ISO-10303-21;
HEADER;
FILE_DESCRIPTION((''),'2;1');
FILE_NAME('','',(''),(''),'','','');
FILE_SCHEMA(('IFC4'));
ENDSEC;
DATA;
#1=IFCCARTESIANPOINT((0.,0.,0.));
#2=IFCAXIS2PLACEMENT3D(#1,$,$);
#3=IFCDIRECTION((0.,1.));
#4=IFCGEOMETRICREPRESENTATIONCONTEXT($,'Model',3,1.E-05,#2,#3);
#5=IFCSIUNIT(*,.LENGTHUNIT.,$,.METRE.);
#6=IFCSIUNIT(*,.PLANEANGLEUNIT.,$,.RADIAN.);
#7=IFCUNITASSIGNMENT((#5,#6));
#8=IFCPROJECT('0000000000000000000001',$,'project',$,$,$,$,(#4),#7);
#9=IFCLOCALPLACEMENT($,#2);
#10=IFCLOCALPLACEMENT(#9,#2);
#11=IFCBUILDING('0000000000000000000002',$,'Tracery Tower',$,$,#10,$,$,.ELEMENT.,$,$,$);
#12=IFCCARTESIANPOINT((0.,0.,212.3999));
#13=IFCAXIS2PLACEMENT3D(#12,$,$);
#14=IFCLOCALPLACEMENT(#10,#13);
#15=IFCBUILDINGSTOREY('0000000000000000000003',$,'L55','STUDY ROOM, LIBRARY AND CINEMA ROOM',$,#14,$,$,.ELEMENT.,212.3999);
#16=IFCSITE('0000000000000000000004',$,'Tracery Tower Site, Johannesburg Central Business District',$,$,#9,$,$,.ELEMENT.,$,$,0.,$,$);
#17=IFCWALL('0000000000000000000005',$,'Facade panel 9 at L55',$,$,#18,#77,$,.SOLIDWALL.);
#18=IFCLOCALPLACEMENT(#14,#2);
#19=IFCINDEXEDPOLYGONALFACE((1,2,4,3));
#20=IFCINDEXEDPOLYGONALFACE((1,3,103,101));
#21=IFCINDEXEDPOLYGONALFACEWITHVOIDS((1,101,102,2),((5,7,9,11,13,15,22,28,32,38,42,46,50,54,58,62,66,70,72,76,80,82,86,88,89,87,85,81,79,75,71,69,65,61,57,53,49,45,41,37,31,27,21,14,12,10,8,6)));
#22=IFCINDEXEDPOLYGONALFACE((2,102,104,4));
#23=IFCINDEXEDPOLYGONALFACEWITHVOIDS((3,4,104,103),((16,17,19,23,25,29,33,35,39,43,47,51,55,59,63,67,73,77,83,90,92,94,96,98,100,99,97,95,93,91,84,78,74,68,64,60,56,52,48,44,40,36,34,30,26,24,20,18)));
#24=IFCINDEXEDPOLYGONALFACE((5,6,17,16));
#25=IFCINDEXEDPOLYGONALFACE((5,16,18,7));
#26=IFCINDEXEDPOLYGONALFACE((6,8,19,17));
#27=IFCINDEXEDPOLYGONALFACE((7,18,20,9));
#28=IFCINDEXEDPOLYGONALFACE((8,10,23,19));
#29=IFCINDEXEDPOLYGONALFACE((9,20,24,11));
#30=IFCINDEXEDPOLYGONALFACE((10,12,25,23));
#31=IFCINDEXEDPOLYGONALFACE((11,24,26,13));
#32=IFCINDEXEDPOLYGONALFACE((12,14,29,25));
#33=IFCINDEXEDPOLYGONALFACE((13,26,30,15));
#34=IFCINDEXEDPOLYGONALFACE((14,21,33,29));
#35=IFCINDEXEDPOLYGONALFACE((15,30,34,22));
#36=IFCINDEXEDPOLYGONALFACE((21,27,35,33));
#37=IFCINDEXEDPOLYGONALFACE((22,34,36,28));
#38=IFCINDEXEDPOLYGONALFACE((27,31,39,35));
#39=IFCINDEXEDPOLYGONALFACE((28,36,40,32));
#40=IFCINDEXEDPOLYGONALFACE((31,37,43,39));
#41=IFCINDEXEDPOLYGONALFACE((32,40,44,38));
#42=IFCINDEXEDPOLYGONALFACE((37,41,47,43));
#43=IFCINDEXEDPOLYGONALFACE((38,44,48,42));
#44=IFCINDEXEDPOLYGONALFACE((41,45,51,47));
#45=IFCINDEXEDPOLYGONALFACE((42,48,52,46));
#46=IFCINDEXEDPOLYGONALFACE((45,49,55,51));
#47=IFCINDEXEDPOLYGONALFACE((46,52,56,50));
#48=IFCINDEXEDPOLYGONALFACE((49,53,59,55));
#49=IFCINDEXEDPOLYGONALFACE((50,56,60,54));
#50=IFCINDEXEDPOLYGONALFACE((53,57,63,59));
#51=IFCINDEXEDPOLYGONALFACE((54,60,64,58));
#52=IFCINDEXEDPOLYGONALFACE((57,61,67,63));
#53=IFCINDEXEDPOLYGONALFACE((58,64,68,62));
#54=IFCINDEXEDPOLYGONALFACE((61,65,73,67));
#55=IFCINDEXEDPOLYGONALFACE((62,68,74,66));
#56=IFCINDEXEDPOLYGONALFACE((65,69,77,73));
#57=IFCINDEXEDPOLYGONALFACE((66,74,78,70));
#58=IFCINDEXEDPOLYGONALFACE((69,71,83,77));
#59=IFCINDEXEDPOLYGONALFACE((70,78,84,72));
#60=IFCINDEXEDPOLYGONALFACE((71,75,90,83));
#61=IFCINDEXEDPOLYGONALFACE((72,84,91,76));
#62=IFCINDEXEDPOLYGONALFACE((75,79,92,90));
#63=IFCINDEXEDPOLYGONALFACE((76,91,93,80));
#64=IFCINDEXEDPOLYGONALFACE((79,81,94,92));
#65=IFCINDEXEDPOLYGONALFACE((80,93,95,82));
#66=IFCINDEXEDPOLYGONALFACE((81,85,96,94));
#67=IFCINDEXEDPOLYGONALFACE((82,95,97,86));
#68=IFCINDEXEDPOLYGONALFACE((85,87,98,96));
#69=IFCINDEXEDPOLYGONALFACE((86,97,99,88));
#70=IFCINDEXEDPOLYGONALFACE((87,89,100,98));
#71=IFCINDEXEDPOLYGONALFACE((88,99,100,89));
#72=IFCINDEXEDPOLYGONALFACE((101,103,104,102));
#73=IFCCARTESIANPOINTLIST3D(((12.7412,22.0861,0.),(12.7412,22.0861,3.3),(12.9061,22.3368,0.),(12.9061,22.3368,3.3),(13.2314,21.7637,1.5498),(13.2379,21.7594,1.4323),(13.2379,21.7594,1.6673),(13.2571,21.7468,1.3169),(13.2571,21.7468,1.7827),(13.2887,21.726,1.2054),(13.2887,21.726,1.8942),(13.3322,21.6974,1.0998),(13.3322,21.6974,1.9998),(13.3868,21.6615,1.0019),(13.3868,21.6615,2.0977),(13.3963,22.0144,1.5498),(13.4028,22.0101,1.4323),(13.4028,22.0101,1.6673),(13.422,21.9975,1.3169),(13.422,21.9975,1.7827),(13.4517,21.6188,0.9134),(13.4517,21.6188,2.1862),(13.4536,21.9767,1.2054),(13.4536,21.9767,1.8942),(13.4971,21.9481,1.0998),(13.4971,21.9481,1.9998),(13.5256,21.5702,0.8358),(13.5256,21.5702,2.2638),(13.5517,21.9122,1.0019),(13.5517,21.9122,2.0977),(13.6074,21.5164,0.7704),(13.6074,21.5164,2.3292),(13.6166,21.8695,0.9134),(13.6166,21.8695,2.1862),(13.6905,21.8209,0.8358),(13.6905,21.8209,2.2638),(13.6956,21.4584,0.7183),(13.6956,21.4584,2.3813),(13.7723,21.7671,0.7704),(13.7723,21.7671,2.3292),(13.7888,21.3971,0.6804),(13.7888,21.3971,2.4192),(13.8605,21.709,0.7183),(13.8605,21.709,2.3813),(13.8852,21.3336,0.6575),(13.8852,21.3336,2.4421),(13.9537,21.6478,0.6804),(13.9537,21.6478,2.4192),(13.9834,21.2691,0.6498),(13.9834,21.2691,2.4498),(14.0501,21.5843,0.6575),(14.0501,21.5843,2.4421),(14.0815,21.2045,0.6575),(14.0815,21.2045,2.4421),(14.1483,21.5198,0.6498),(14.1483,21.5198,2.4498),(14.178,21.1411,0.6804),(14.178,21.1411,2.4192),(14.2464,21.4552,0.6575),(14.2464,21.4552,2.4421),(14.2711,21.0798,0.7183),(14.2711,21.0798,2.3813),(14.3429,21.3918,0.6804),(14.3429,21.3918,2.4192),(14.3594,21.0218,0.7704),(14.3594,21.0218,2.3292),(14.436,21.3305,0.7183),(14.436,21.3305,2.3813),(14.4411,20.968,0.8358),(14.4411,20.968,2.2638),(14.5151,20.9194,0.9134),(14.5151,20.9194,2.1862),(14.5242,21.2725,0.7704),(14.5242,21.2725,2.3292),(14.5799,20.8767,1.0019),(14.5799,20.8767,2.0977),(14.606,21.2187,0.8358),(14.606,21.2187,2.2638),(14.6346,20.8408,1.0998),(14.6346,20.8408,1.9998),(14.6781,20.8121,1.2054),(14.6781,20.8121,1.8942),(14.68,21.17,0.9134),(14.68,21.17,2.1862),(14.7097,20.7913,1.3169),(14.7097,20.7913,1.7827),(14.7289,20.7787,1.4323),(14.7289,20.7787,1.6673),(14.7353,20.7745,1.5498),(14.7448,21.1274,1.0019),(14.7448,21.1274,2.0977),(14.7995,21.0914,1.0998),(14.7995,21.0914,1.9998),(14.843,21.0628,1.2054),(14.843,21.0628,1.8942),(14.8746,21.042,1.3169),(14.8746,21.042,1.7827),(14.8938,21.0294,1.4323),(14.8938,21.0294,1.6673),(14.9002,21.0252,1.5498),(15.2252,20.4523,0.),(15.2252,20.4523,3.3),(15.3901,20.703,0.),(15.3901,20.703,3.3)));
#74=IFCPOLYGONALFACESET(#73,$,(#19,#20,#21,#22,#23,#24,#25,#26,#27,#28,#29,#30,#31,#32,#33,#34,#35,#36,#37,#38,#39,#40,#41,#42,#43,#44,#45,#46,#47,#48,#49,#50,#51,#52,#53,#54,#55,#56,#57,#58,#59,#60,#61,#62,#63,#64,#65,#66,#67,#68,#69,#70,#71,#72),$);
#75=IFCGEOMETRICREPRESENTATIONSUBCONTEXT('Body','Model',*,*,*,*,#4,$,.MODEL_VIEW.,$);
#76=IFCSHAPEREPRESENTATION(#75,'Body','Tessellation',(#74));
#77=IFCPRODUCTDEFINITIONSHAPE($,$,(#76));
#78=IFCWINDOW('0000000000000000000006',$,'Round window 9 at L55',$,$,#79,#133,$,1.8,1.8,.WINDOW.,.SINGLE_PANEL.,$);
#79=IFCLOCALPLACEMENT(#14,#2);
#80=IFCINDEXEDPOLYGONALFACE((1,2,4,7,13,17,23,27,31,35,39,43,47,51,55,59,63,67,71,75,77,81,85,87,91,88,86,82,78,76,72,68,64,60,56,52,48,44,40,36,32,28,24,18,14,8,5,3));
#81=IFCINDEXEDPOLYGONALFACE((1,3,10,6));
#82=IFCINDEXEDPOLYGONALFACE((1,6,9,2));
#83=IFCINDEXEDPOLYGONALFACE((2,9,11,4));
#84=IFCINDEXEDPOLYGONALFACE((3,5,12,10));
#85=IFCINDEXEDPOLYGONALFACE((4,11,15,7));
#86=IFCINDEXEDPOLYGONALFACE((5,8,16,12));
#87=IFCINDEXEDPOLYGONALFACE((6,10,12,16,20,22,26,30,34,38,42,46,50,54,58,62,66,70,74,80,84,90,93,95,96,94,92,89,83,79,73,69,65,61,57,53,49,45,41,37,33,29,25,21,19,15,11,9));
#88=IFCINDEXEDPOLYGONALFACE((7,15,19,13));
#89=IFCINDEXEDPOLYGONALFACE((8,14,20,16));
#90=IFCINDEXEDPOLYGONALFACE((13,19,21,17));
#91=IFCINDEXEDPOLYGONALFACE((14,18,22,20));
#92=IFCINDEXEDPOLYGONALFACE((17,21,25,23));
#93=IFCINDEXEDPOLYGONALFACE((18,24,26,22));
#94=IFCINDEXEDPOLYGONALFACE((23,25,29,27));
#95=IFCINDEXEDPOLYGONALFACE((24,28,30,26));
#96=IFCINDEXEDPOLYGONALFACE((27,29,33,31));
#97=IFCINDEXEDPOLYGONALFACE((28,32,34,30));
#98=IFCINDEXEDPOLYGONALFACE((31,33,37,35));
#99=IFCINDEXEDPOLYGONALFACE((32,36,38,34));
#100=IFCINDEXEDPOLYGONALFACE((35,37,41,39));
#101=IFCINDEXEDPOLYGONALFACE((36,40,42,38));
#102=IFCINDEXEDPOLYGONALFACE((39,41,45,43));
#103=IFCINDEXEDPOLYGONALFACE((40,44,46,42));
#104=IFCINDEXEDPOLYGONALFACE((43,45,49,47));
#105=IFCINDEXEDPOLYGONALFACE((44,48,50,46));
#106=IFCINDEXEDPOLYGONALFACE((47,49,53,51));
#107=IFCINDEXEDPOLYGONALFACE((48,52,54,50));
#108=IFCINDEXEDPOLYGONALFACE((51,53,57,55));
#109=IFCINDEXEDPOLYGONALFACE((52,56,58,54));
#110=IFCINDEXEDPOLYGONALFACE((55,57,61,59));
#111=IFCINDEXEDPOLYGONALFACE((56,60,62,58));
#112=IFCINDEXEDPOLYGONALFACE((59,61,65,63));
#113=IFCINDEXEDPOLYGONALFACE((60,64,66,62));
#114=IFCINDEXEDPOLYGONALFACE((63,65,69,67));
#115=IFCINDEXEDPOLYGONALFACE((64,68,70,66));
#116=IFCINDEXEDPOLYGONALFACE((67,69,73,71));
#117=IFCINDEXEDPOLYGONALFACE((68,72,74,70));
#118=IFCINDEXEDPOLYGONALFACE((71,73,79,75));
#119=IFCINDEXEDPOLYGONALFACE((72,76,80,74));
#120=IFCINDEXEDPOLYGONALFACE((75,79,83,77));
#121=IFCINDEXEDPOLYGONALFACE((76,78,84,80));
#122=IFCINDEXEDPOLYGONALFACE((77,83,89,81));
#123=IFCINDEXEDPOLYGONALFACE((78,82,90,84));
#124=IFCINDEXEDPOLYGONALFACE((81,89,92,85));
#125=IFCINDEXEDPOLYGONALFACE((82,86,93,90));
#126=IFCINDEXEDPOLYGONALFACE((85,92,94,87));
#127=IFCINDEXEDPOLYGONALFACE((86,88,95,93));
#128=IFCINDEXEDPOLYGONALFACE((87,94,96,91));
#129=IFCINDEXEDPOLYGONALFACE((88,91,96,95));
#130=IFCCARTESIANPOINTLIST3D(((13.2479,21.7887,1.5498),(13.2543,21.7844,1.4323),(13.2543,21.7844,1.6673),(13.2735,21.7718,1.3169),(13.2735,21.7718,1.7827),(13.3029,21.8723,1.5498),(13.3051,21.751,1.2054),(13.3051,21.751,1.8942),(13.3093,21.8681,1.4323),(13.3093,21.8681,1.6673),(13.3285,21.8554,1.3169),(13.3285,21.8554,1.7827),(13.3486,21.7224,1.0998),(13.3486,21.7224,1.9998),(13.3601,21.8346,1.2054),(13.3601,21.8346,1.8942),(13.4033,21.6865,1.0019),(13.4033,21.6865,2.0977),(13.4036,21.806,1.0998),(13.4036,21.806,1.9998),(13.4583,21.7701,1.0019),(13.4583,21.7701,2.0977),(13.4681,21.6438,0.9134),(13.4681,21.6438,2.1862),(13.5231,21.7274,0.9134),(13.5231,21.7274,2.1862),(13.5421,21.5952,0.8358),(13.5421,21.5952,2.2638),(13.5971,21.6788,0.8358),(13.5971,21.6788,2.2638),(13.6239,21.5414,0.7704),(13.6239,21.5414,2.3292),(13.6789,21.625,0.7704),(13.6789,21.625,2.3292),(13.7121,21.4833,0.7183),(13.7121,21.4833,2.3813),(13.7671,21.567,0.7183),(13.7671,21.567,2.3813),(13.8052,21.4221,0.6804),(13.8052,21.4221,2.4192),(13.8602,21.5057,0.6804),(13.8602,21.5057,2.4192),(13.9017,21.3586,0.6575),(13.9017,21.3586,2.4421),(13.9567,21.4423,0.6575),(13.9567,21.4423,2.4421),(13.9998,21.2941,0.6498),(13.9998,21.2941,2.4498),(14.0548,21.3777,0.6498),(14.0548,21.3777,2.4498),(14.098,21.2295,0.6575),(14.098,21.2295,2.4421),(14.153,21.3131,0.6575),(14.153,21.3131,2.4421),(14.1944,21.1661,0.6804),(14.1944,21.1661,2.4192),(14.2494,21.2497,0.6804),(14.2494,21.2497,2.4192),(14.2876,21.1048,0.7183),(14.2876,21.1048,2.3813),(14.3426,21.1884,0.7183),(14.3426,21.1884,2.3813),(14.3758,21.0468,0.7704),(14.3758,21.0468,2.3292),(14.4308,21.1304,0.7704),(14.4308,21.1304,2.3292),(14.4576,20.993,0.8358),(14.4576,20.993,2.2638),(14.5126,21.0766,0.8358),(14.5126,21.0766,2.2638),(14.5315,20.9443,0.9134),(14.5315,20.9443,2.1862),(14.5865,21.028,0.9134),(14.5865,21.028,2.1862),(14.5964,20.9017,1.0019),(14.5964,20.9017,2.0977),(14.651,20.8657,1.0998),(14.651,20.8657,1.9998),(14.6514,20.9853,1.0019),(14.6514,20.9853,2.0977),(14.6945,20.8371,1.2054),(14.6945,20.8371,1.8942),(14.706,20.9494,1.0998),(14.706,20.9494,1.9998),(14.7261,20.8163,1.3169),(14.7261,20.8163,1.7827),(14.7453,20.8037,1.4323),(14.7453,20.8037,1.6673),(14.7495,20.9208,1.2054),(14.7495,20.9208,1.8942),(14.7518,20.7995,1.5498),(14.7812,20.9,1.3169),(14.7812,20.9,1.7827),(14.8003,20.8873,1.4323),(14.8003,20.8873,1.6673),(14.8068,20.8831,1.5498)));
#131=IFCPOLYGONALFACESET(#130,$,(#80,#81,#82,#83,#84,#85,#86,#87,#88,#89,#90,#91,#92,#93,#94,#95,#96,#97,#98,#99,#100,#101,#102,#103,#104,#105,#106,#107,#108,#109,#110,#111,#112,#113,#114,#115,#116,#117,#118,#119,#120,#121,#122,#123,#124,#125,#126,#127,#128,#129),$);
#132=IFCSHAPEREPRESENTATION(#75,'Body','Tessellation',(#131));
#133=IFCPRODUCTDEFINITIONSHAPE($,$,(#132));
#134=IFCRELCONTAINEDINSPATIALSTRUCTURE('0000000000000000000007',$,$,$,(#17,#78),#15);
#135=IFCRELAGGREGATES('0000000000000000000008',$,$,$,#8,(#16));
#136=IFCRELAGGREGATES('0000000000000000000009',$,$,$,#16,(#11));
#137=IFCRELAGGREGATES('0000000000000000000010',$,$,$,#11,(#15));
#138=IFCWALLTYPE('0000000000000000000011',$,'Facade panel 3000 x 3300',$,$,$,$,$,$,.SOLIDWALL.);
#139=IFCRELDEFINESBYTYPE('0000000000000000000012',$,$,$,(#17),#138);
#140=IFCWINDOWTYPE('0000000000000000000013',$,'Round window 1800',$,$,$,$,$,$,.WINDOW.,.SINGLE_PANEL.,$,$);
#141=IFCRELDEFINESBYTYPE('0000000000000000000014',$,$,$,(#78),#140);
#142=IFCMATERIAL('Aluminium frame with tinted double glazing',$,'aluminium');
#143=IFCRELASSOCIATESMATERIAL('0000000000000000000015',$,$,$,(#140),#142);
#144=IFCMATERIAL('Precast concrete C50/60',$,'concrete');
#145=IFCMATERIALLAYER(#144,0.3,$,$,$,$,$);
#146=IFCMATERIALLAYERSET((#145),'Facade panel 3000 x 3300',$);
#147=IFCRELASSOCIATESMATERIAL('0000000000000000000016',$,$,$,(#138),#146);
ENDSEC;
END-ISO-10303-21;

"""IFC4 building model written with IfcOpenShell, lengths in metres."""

from ifc_helpers import new_model, si_unit, direction, frame, frame_2d, origin, origin_2d, place, context, subcontext, project, spatial, rectangle, circle, extrude, material, layer, layer_set, type_object, element, fill, save


model = new_model("IFC4")

# Units and contexts
model_context = context("Model", 3, precision=1e-05, world=origin(), true_north=direction((0.0, 1.0)))
body_context = subcontext(model_context, "Body", "Model", "MODEL_VIEW")
ifc_project = project(units=[si_unit("LENGTHUNIT", "METRE"), si_unit("PLANEANGLEUNIT", "RADIAN")], contexts=[model_context])

# Site, building, storey
site_placement = place(None, origin())
site = spatial("IfcSite", under=ifc_project, at=site_placement, Name="Tracery Tower Site, Johannesburg Central Business District", CompositionType="ELEMENT", RefElevation=0.0)
building_placement = place(site_placement, origin())
building = spatial("IfcBuilding", under=site, at=building_placement, Name="Tracery Tower", CompositionType="ELEMENT")
storey_placement = place(building_placement, frame((0.0, 0.0, 212.3999)))
storey = spatial("IfcBuildingStorey", under=building, at=storey_placement, Name="L55", Description="STUDY ROOM, LIBRARY AND CINEMA ROOM", CompositionType="ELEMENT", Elevation=212.3999)

# Wall, opening, window
ifc_material_1 = material(Name="Aluminium frame with tinted double glazing", Category="aluminium")
window_type = type_object("IfcWindowType", Name="Round window 1800", PartitioningType="SINGLE_PANEL", PredefinedType="WINDOW", material=ifc_material_1)
ifc_material_2 = material(Name="Precast concrete C50/60", Category="concrete")
ifc_layer_1 = layer(ifc_material_2, 0.3)
ifc_layer_set_1 = layer_set([ifc_layer_1], Name="Facade panel 3000 x 3300")
wall_type_1 = type_object("IfcWallType", Name="Facade panel 3000 x 3300", PredefinedType="SOLIDWALL", material=ifc_layer_set_1)
wall_1_placement = place(storey_placement, frame((15.3076, 20.5776, 0.0), z_axis=(0.0, 0.0, 1.0), x_axis=(-0.835471, 0.549535, 0.0)))
wall_1 = element("IfcWall", 1, at=wall_1_placement, inside=storey, type_object=wall_type_1, Name="Facade panel 9 at L55", PredefinedType="SOLIDWALL", context=body_context, shape_type="SweptSolid", body=[
    extrude(rectangle(XDim=2.9731, YDim=0.3, at=frame_2d((1.4866, 0.0))), origin(), (0.0, 0.0, 1.0), 3.3),
])
opening_1_placement = place(wall_1_placement, frame((1.4863, 0.0, 1.5498)))
opening_1 = element("IfcOpeningElement", 2, at=opening_1_placement, cuts=wall_1, PredefinedType="OPENING", context=body_context, shape_type="SweptSolid", body=[
    extrude(circle(Radius=0.9, at=origin_2d()), frame((0.0, 0.1599, 0.0), z_axis=(0.0, -1.0, 0.0), x_axis=(1.0, 0.0, 0.0)), (0.0, 0.0, 1.0), 0.3201),
])
window_1_placement = place(opening_1_placement, origin())
window_1 = element("IfcWindow", 3, at=window_1_placement, inside=storey, type_object=window_type, Name="Round window 9 at L55", OverallHeight=1.8, OverallWidth=1.8, PartitioningType="SINGLE_PANEL", PredefinedType="WINDOW", context=body_context, shape_type="SweptSolid", body=[
    extrude(circle(Radius=0.9, at=origin_2d()), frame((0.0, 0.1201, 0.0), z_axis=(0.0, -1.0, 0.0), x_axis=(1.0, 0.0, 0.0)), (0.0, 0.0, 1.0), 0.1001),
])
fill(opening_1, window_1)

save(model, "model.ifc")
